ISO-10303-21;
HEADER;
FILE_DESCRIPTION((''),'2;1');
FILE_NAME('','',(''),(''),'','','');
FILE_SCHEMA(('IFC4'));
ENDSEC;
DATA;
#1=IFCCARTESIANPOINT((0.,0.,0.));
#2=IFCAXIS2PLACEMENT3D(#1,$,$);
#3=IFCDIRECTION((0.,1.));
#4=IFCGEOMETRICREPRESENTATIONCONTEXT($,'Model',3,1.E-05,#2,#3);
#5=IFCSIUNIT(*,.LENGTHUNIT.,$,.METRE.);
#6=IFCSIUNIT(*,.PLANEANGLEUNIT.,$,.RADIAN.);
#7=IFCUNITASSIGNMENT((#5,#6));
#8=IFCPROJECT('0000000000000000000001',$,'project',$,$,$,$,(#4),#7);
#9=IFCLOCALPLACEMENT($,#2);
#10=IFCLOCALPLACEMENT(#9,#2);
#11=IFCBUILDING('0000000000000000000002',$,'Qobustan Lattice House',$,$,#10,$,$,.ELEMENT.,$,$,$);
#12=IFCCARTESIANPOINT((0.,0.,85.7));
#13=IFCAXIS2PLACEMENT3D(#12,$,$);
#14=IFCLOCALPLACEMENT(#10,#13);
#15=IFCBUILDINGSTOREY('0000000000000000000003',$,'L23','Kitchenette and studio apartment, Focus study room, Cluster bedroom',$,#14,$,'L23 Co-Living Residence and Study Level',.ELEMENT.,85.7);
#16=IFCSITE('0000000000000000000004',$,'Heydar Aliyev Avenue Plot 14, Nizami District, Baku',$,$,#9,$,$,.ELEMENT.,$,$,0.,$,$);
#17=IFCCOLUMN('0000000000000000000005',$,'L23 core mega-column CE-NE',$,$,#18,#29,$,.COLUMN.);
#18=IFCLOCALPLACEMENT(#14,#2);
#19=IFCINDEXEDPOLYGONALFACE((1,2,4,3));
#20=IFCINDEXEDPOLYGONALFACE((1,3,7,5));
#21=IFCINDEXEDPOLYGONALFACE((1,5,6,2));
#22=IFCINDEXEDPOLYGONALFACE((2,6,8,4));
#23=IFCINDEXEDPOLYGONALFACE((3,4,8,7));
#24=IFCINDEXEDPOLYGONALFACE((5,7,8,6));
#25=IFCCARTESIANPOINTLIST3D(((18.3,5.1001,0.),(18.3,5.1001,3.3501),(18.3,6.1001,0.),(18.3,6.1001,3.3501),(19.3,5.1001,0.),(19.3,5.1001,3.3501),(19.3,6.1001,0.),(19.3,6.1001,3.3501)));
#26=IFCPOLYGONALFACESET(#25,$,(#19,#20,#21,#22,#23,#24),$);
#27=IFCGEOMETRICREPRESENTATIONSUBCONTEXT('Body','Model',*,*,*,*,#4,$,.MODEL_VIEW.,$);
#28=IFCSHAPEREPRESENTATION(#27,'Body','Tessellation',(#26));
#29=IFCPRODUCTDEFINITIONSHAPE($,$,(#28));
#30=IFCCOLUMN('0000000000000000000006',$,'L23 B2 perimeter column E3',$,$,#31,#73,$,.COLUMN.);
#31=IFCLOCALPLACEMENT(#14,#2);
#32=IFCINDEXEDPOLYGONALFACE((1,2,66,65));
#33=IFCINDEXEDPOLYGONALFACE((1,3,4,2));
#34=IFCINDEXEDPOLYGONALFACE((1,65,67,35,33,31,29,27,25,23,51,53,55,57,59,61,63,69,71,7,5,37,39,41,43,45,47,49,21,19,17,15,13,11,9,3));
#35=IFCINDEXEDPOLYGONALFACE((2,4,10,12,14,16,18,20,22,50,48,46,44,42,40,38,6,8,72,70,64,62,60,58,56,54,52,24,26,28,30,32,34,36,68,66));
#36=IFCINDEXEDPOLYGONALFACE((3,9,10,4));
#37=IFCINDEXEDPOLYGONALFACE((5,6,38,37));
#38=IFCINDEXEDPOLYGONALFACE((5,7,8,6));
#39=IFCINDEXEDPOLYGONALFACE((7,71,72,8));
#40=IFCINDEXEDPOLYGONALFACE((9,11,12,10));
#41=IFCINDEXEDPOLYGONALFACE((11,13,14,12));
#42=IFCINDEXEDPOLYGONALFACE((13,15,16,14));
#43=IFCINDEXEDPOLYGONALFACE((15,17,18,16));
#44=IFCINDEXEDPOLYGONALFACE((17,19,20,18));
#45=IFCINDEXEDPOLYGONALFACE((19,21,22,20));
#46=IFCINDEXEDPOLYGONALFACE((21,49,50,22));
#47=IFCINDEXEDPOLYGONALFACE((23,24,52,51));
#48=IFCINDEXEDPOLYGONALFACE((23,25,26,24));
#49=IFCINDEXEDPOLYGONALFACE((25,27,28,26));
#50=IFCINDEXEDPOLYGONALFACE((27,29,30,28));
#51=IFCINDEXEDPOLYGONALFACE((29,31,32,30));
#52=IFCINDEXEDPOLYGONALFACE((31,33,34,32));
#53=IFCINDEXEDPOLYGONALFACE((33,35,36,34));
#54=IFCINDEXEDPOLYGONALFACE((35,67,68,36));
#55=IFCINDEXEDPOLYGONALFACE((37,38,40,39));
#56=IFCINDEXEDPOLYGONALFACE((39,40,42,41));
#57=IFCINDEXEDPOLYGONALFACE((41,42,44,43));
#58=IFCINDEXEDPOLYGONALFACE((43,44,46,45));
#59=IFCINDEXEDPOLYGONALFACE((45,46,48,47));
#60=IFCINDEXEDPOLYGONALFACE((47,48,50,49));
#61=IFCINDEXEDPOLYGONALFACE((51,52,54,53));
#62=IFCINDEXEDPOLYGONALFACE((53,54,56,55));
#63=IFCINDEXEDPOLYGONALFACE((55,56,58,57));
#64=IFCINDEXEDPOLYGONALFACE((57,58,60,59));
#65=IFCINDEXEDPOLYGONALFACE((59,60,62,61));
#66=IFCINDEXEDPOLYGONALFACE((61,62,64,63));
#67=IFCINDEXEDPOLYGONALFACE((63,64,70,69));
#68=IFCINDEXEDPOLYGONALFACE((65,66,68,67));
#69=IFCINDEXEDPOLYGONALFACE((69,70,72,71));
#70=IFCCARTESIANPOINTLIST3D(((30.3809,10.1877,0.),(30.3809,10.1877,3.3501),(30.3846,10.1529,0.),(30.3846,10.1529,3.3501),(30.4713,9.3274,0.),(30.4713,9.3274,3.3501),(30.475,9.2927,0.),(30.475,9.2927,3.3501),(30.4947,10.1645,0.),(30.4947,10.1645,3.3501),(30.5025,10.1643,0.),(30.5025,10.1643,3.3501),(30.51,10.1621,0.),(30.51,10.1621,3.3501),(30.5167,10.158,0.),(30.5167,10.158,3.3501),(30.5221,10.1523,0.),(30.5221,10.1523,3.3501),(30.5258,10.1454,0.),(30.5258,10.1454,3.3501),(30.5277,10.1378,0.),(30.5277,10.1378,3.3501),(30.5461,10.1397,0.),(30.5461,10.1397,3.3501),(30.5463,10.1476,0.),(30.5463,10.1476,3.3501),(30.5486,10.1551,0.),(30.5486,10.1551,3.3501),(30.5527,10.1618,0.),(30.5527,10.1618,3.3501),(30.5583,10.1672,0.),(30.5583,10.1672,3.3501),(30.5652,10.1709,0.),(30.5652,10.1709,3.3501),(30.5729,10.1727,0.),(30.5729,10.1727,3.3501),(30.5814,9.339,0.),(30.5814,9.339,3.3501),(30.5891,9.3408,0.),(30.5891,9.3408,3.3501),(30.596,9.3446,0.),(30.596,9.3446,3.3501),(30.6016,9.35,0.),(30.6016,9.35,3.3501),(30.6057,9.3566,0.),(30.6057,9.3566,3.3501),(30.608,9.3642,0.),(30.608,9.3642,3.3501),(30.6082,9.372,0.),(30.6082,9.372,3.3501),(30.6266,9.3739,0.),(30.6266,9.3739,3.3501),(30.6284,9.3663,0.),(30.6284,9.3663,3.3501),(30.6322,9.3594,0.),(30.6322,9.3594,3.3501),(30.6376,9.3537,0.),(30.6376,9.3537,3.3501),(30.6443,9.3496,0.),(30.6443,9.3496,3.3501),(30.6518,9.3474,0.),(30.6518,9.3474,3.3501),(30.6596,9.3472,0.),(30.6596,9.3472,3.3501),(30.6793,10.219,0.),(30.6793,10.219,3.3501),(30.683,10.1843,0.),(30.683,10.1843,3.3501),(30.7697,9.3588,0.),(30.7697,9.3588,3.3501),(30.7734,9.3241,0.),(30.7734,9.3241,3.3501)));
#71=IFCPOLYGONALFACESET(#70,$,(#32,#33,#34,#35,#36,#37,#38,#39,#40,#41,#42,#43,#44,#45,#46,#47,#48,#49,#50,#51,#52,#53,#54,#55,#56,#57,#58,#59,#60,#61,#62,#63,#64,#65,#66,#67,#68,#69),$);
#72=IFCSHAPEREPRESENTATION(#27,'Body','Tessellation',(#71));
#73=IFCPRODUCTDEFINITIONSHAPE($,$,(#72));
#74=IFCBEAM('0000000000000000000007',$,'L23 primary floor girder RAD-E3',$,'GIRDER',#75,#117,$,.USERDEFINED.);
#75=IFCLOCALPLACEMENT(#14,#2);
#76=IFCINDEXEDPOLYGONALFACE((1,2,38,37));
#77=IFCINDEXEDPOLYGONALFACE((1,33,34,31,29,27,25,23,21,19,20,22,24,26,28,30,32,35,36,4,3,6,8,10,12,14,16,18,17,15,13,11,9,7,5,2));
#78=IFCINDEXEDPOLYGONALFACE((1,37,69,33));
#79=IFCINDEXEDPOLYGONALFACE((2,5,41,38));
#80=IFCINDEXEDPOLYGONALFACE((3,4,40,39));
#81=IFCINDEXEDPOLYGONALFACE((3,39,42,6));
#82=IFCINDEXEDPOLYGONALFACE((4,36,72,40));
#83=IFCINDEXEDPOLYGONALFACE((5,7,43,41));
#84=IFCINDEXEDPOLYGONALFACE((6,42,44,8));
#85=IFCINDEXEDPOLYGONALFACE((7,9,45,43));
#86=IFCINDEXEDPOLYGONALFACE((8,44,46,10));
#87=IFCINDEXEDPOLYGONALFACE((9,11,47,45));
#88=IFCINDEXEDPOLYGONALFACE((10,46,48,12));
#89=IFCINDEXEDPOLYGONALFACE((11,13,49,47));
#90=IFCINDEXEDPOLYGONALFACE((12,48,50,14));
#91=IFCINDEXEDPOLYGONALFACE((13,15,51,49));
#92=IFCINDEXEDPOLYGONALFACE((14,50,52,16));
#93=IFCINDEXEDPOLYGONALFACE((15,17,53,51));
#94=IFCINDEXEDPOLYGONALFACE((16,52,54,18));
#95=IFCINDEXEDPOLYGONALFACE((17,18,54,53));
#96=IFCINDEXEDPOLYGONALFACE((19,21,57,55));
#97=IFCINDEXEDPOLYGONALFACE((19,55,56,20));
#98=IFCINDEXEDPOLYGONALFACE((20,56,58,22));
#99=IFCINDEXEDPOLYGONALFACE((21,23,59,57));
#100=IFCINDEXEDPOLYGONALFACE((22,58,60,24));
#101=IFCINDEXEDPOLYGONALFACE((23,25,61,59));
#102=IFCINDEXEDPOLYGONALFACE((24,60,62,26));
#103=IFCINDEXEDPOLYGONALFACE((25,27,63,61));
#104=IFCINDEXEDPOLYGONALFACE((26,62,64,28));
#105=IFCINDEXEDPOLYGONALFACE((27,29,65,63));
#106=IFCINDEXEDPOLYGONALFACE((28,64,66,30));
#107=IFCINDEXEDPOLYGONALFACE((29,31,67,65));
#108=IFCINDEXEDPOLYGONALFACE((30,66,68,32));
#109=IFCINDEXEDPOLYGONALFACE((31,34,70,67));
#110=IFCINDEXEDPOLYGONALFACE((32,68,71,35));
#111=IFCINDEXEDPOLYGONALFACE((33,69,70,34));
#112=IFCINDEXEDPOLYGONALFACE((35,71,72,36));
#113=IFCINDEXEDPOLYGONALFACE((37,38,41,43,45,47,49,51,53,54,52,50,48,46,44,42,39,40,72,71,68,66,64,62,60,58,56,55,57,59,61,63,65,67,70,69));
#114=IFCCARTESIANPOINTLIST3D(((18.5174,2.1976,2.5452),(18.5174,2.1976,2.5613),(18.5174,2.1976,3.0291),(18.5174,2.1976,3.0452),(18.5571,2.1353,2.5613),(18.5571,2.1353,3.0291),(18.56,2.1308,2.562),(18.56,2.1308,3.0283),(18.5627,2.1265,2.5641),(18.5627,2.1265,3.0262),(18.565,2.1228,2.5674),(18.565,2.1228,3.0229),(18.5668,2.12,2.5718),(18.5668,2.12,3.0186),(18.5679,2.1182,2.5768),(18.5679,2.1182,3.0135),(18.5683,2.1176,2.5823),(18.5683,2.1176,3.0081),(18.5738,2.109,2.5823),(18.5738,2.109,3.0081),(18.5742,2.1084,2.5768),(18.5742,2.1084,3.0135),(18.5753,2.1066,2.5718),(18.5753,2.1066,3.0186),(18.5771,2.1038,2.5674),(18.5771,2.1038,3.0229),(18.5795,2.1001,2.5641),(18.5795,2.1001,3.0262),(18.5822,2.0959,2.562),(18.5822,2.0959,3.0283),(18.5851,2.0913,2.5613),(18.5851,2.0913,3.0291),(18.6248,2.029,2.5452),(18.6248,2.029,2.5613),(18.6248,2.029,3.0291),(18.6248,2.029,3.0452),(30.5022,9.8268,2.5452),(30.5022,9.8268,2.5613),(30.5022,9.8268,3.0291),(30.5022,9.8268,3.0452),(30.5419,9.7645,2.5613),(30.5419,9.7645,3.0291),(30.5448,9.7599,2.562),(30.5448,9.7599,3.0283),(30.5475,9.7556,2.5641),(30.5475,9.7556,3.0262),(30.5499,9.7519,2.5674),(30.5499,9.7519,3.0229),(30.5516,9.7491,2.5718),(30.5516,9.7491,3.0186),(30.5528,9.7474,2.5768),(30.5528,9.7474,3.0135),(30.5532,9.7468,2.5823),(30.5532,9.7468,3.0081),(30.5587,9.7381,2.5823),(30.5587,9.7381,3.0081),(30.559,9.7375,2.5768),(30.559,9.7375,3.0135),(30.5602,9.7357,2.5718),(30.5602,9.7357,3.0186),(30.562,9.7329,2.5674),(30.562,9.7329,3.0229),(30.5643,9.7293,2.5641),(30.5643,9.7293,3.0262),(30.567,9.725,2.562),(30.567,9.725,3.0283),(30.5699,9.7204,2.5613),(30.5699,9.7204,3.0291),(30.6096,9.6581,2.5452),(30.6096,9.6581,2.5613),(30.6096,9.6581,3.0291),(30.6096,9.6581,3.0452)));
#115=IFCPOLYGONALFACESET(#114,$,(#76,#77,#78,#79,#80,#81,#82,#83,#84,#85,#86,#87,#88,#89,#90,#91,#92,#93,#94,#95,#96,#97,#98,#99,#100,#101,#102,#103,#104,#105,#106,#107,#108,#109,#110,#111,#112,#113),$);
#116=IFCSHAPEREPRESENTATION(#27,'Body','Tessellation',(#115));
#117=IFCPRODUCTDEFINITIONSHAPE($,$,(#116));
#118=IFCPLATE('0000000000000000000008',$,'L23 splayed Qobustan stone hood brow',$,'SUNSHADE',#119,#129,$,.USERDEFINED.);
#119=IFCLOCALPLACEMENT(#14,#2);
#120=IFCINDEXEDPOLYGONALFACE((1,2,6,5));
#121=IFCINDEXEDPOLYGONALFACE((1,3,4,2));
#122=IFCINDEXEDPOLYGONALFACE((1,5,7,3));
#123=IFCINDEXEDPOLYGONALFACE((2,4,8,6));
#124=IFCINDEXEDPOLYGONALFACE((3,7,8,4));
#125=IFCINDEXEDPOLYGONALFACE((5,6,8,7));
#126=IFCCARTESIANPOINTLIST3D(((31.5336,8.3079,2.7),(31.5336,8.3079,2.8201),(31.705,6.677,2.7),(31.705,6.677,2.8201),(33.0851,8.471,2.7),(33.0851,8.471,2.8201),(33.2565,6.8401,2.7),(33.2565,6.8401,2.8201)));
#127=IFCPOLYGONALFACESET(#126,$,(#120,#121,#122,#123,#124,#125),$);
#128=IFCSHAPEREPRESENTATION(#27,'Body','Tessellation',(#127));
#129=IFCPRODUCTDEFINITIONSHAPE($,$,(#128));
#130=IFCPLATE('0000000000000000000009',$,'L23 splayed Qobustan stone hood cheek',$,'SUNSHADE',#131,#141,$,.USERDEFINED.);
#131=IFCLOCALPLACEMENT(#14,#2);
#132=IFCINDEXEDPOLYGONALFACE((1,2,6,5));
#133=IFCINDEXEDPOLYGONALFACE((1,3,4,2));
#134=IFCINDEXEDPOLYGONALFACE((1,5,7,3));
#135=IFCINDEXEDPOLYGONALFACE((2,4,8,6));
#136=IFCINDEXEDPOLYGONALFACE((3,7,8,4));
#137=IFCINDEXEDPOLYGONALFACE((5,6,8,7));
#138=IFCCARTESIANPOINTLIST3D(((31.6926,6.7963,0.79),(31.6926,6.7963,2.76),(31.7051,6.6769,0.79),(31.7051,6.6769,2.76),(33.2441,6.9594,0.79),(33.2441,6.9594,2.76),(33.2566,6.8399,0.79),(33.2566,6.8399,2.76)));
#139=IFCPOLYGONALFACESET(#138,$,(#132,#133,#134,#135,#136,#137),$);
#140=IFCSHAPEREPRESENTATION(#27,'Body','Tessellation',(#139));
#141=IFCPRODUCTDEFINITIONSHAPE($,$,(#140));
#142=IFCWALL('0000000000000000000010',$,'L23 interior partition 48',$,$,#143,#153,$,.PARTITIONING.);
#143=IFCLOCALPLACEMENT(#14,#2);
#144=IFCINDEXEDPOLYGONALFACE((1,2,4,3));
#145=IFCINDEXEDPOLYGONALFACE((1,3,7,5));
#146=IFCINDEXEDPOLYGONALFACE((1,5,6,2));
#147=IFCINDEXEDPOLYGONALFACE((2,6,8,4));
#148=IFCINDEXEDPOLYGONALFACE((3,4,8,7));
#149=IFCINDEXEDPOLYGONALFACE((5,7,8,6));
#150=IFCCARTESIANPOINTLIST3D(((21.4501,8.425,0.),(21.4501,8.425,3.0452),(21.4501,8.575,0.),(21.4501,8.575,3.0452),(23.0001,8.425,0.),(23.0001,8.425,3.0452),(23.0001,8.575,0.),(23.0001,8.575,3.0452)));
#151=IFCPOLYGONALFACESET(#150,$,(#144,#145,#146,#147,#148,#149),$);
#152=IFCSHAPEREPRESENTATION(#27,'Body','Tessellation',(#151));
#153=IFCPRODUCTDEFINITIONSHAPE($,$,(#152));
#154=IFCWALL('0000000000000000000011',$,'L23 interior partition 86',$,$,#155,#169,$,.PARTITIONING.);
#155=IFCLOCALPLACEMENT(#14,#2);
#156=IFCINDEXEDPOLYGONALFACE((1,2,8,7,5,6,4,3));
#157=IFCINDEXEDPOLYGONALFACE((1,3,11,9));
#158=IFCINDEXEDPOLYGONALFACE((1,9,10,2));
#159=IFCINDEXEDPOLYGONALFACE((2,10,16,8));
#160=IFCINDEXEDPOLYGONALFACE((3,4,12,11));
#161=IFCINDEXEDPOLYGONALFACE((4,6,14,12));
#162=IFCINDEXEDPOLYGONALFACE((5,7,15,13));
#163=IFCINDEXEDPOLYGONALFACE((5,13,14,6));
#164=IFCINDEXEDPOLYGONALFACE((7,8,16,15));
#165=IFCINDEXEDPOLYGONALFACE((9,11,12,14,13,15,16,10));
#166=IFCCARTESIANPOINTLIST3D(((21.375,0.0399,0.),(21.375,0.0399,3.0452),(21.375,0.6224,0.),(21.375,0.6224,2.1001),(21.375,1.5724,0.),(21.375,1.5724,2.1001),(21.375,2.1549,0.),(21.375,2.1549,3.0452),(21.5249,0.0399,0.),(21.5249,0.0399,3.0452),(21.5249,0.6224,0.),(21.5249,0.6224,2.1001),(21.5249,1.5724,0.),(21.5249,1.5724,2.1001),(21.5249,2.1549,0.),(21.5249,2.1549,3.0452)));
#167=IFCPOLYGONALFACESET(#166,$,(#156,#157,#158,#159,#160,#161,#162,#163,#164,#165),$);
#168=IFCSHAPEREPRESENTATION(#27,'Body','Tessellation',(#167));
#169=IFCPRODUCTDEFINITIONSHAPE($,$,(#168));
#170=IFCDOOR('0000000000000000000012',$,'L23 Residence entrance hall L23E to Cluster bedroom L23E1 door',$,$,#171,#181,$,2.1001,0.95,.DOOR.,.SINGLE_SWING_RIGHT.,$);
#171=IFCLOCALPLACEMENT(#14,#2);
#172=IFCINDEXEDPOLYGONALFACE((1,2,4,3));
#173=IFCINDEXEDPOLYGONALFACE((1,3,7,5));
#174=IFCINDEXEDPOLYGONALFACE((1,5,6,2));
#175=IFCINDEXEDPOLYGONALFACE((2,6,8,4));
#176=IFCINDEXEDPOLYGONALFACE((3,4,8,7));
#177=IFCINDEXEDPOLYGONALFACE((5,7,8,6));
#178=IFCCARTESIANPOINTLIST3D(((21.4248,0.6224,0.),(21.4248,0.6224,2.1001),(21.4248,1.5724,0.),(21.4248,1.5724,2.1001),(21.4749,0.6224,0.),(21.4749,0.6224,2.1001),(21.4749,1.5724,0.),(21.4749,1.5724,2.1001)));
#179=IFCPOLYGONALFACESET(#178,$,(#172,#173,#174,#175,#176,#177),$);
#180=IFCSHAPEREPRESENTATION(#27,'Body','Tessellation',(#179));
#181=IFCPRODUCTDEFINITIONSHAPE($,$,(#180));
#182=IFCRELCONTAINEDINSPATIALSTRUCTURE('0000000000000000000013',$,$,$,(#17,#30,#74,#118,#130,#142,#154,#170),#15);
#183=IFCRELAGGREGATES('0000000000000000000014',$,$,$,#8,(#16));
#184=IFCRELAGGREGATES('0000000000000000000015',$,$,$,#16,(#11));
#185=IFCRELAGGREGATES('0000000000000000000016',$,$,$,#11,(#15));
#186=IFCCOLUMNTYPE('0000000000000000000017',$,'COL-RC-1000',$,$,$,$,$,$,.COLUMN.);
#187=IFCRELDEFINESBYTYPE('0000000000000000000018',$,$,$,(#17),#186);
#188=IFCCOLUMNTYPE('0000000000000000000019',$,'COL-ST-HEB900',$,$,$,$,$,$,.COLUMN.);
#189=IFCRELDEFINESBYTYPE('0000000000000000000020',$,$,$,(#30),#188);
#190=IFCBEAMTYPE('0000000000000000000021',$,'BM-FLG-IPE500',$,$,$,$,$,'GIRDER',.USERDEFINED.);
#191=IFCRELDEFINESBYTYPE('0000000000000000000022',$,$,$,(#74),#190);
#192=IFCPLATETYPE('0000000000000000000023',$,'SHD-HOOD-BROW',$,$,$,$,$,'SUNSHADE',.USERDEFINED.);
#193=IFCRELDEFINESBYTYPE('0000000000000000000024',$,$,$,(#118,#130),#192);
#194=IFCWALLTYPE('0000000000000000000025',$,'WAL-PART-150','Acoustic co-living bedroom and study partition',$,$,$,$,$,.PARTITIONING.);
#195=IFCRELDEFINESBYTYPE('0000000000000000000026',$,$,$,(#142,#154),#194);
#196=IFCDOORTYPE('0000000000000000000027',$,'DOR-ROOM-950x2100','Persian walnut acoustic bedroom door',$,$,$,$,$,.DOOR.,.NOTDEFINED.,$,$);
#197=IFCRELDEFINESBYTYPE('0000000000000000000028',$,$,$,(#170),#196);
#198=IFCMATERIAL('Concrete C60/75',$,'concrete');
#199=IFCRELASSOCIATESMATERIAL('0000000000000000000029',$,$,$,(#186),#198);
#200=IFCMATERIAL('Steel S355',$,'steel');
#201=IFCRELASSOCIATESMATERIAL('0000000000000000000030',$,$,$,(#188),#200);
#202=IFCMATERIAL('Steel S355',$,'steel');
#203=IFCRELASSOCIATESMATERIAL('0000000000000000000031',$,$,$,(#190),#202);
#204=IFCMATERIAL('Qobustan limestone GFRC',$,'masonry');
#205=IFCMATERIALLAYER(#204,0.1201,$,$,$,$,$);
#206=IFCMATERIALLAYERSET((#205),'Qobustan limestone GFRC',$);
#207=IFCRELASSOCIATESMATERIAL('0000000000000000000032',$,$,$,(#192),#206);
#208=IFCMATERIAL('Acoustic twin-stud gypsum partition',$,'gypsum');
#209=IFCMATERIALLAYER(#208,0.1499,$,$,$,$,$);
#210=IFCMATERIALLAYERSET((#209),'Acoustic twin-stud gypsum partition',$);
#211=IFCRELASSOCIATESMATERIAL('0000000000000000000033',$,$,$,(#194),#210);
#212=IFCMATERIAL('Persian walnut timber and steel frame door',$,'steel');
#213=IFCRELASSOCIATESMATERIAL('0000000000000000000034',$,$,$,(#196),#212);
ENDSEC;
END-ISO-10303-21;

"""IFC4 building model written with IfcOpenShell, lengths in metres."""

from ifc_helpers import new_model, si_unit, direction, frame, frame_2d, origin, origin_2d, place, context, subcontext, project, spatial, rectangle, i_section, extrude, material, layer, layer_set, material_profile, profile_set, type_object, element, fill, save


model = new_model("IFC4")

# Units and contexts
model_context = context("Model", 3, precision=1e-05, world=origin(), true_north=direction((0.0, 1.0)))
body_context = subcontext(model_context, "Body", "Model", "MODEL_VIEW")
ifc_project = project(units=[si_unit("LENGTHUNIT", "METRE"), si_unit("PLANEANGLEUNIT", "RADIAN")], contexts=[model_context])

# Site, building, storey
site_placement = place(None, origin())
site = spatial("IfcSite", under=ifc_project, at=site_placement, Name="Heydar Aliyev Avenue Plot 14, Nizami District, Baku", CompositionType="ELEMENT", RefElevation=0.0)
building_placement = place(site_placement, origin())
building = spatial("IfcBuilding", under=site, at=building_placement, Name="Qobustan Lattice House", CompositionType="ELEMENT")
storey_placement = place(building_placement, frame((0.0, 0.0, 85.7)))
storey = spatial("IfcBuildingStorey", under=building, at=storey_placement, Name="L23", Description="Kitchenette and studio apartment, Focus study room, Cluster bedroom", LongName="L23 Co-Living Residence and Study Level", CompositionType="ELEMENT", Elevation=85.7)

# Columns
ifc_material_1 = material(Name="Concrete C60/75", Category="concrete")
ifc_material_profile_1 = material_profile(ifc_material_1, rectangle(XDim=1.0, YDim=1.0, at=origin_2d()), Name="RC1000x1000")
ifc_profile_set_1 = profile_set([ifc_material_profile_1], Name="Concrete C60/75")
column_type_1 = type_object("IfcColumnType", Name="COL-RC-1000", PredefinedType="COLUMN", material=ifc_profile_set_1)
column_1_placement = place(storey_placement, frame((18.8, 5.6001, 0.0), z_axis=(0.0, 0.0, 1.0), x_axis=(1.0, 0.0, 0.0)))
element("IfcColumn", 1, at=column_1_placement, inside=storey, type_object=column_type_1, Name="L23 core mega-column CE-NE", PredefinedType="COLUMN", context=body_context, shape_type="SweptSolid", body=[
    extrude(rectangle(XDim=1.0, YDim=1.0, at=origin_2d()), origin(), (0.0, 0.0, 1.0), 3.3501),
])
ifc_material_2 = material(Name="Steel S355", Category="steel")
ifc_material_profile_2 = material_profile(ifc_material_2, i_section(OverallWidth=0.3, OverallDepth=0.8999, WebThickness=0.0186, FlangeThickness=0.0349, FilletRadius=0.03, at=origin_2d()), Name="HEB900")
ifc_profile_set_2 = profile_set([ifc_material_profile_2], Name="Steel S355")
column_type_2 = type_object("IfcColumnType", Name="COL-ST-HEB900", PredefinedType="COLUMN", material=ifc_profile_set_2)
column_2_placement = place(storey_placement, frame((30.5771, 9.7559, 0.0), z_axis=(0.0, 0.0, 1.0), x_axis=(0.994522, 0.104528, 0.0)))
element("IfcColumn", 2, at=column_2_placement, inside=storey, type_object=column_type_2, Name="L23 B2 perimeter column E3", PredefinedType="COLUMN", context=body_context, shape_type="SweptSolid", body=[
    extrude(i_section(OverallWidth=0.3, OverallDepth=0.8999, WebThickness=0.0186, FlangeThickness=0.0349, FilletRadius=0.03, at=origin_2d()), origin(), (0.0, 0.0, 1.0), 3.3501),
])

# Beam
ifc_material_3 = material(Name="Steel S355", Category="steel")
ifc_material_profile_3 = material_profile(ifc_material_3, i_section(OverallWidth=0.2, OverallDepth=0.5, WebThickness=0.0103, FlangeThickness=0.0161, FilletRadius=0.021, at=origin_2d()), Name="IPE500")
ifc_profile_set_3 = profile_set([ifc_material_profile_3], Name="Steel S355")
beam_type = type_object("IfcBeamType", Name="BM-FLG-IPE500", ElementType="GIRDER", PredefinedType="USERDEFINED", material=ifc_profile_set_3)
beam_placement = place(storey_placement, frame((30.5559, 9.7424, 2.7952), z_axis=(-0.843584, -0.536997, 0.0), x_axis=(0.536997, -0.843584, 0.0)))
element("IfcBeam", 3, at=beam_placement, inside=storey, type_object=beam_type, Name="L23 primary floor girder RAD-E3", ObjectType="GIRDER", PredefinedType="USERDEFINED", context=body_context, shape_type="SweptSolid", body=[
    extrude(i_section(OverallWidth=0.2, OverallDepth=0.5, WebThickness=0.0103, FlangeThickness=0.0161, FilletRadius=0.021, at=origin_2d()), origin(), (0.0, 0.0, 1.0), 14.207),
])

# Plates
ifc_material_4 = material(Name="Qobustan limestone GFRC", Category="masonry")
ifc_layer_1 = layer(ifc_material_4, 0.1201)
ifc_layer_set_1 = layer_set([ifc_layer_1], Name="Qobustan limestone GFRC")
plate_type = type_object("IfcPlateType", Name="SHD-HOOD-BROW", ElementType="SUNSHADE", PredefinedType="USERDEFINED", material=ifc_layer_set_1)
plate_1_placement = place(storey_placement, frame((32.395, 7.574, 2.7), z_axis=(0.0, 0.0, 1.0), x_axis=(0.104528, -0.994522, 0.0)))
element("IfcPlate", 4, at=plate_1_placement, inside=storey, type_object=plate_type, Name="L23 splayed Qobustan stone hood brow", ObjectType="SUNSHADE", PredefinedType="USERDEFINED", context=body_context, shape_type="SweptSolid", body=[
    extrude(rectangle(XDim=1.6399, YDim=1.5601, at=origin_2d()), origin(), (0.0, 0.0, 1.0), 0.1201),
])
plate_2_placement = place(storey_placement, frame((32.4746, 6.8181, 0.79), z_axis=(0.0, 0.0, 1.0), x_axis=(0.104528, -0.994522, 0.0)))
element("IfcPlate", 5, at=plate_2_placement, inside=storey, type_object=plate_type, Name="L23 splayed Qobustan stone hood cheek", ObjectType="SUNSHADE", PredefinedType="USERDEFINED", context=body_context, shape_type="SweptSolid", body=[
    extrude(rectangle(XDim=0.1201, YDim=1.5601, at=origin_2d()), origin(), (0.0, 0.0, 1.0), 1.97),
])

# Wall
ifc_material_5 = material(Name="Acoustic twin-stud gypsum partition", Category="gypsum")
ifc_layer_2 = layer(ifc_material_5, 0.1499)
ifc_layer_set_2 = layer_set([ifc_layer_2], Name="Acoustic twin-stud gypsum partition")
wall_type_1 = type_object("IfcWallType", Name="WAL-PART-150", Description="Acoustic co-living bedroom and study partition", PredefinedType="PARTITIONING", material=ifc_layer_set_2)
wall_1_placement = place(storey_placement, frame((23.0, 8.5, 0.0), z_axis=(0.0, 0.0, 1.0), x_axis=(-1.0, 0.0, 0.0)))
element("IfcWall", 6, at=wall_1_placement, inside=storey, type_object=wall_type_1, Name="L23 interior partition 48", PredefinedType="PARTITIONING", context=body_context, shape_type="SweptSolid", body=[
    extrude(rectangle(XDim=1.55, YDim=0.1499, at=frame_2d((0.7749, 0.0))), origin(), (0.0, 0.0, 1.0), 3.0452),
])

# Wall, opening, door
wall_2_placement = place(storey_placement, frame((21.45, 2.155, 0.0), z_axis=(0.0, 0.0, 1.0), x_axis=(0.0, -1.0, 0.0)))
wall_2 = element("IfcWall", 7, at=wall_2_placement, inside=storey, type_object=wall_type_1, Name="L23 interior partition 86", PredefinedType="PARTITIONING", context=body_context, shape_type="SweptSolid", body=[
    extrude(rectangle(XDim=2.115, YDim=0.1499, at=frame_2d((1.0576, 0.0))), origin(), (0.0, 0.0, 1.0), 3.0452),
])
opening_1_placement = place(wall_2_placement, frame((0.5825, 0.0, 0.0)))
opening_1 = element("IfcOpeningElement", 8, at=opening_1_placement, cuts=wall_2, PredefinedType="OPENING", context=body_context, shape_type="SweptSolid", body=[
    extrude(rectangle(XDim=0.95, YDim=2.1001, at=frame_2d((0.4751, 1.05))), frame((0.0, 0.085, 0.0), z_axis=(0.0, -1.0, 0.0), x_axis=(1.0, 0.0, 0.0)), (0.0, 0.0, 1.0), 0.1699),
])
ifc_material_6 = material(Name="Persian walnut timber and steel frame door", Category="steel")
door_type_1 = type_object("IfcDoorType", Name="DOR-ROOM-950x2100", Description="Persian walnut acoustic bedroom door", OperationType="NOTDEFINED", PredefinedType="DOOR", material=ifc_material_6)
door_1_placement = place(opening_1_placement, origin())
door_1 = element("IfcDoor", 9, at=door_1_placement, inside=storey, type_object=door_type_1, Name="L23 Residence entrance hall L23E to Cluster bedroom L23E1 door", OperationType="SINGLE_SWING_RIGHT", OverallHeight=2.1001, OverallWidth=0.95, PredefinedType="DOOR", context=body_context, shape_type="SweptSolid", body=[
    extrude(rectangle(XDim=0.95, YDim=2.1001, at=frame_2d((0.4751, 1.05))), frame((0.0, 0.0249, 0.0), z_axis=(0.0, -1.0, 0.0), x_axis=(1.0, 0.0, 0.0)), (0.0, 0.0, 1.0), 0.05),
])
fill(opening_1, door_1)

save(model, "model.ifc")
